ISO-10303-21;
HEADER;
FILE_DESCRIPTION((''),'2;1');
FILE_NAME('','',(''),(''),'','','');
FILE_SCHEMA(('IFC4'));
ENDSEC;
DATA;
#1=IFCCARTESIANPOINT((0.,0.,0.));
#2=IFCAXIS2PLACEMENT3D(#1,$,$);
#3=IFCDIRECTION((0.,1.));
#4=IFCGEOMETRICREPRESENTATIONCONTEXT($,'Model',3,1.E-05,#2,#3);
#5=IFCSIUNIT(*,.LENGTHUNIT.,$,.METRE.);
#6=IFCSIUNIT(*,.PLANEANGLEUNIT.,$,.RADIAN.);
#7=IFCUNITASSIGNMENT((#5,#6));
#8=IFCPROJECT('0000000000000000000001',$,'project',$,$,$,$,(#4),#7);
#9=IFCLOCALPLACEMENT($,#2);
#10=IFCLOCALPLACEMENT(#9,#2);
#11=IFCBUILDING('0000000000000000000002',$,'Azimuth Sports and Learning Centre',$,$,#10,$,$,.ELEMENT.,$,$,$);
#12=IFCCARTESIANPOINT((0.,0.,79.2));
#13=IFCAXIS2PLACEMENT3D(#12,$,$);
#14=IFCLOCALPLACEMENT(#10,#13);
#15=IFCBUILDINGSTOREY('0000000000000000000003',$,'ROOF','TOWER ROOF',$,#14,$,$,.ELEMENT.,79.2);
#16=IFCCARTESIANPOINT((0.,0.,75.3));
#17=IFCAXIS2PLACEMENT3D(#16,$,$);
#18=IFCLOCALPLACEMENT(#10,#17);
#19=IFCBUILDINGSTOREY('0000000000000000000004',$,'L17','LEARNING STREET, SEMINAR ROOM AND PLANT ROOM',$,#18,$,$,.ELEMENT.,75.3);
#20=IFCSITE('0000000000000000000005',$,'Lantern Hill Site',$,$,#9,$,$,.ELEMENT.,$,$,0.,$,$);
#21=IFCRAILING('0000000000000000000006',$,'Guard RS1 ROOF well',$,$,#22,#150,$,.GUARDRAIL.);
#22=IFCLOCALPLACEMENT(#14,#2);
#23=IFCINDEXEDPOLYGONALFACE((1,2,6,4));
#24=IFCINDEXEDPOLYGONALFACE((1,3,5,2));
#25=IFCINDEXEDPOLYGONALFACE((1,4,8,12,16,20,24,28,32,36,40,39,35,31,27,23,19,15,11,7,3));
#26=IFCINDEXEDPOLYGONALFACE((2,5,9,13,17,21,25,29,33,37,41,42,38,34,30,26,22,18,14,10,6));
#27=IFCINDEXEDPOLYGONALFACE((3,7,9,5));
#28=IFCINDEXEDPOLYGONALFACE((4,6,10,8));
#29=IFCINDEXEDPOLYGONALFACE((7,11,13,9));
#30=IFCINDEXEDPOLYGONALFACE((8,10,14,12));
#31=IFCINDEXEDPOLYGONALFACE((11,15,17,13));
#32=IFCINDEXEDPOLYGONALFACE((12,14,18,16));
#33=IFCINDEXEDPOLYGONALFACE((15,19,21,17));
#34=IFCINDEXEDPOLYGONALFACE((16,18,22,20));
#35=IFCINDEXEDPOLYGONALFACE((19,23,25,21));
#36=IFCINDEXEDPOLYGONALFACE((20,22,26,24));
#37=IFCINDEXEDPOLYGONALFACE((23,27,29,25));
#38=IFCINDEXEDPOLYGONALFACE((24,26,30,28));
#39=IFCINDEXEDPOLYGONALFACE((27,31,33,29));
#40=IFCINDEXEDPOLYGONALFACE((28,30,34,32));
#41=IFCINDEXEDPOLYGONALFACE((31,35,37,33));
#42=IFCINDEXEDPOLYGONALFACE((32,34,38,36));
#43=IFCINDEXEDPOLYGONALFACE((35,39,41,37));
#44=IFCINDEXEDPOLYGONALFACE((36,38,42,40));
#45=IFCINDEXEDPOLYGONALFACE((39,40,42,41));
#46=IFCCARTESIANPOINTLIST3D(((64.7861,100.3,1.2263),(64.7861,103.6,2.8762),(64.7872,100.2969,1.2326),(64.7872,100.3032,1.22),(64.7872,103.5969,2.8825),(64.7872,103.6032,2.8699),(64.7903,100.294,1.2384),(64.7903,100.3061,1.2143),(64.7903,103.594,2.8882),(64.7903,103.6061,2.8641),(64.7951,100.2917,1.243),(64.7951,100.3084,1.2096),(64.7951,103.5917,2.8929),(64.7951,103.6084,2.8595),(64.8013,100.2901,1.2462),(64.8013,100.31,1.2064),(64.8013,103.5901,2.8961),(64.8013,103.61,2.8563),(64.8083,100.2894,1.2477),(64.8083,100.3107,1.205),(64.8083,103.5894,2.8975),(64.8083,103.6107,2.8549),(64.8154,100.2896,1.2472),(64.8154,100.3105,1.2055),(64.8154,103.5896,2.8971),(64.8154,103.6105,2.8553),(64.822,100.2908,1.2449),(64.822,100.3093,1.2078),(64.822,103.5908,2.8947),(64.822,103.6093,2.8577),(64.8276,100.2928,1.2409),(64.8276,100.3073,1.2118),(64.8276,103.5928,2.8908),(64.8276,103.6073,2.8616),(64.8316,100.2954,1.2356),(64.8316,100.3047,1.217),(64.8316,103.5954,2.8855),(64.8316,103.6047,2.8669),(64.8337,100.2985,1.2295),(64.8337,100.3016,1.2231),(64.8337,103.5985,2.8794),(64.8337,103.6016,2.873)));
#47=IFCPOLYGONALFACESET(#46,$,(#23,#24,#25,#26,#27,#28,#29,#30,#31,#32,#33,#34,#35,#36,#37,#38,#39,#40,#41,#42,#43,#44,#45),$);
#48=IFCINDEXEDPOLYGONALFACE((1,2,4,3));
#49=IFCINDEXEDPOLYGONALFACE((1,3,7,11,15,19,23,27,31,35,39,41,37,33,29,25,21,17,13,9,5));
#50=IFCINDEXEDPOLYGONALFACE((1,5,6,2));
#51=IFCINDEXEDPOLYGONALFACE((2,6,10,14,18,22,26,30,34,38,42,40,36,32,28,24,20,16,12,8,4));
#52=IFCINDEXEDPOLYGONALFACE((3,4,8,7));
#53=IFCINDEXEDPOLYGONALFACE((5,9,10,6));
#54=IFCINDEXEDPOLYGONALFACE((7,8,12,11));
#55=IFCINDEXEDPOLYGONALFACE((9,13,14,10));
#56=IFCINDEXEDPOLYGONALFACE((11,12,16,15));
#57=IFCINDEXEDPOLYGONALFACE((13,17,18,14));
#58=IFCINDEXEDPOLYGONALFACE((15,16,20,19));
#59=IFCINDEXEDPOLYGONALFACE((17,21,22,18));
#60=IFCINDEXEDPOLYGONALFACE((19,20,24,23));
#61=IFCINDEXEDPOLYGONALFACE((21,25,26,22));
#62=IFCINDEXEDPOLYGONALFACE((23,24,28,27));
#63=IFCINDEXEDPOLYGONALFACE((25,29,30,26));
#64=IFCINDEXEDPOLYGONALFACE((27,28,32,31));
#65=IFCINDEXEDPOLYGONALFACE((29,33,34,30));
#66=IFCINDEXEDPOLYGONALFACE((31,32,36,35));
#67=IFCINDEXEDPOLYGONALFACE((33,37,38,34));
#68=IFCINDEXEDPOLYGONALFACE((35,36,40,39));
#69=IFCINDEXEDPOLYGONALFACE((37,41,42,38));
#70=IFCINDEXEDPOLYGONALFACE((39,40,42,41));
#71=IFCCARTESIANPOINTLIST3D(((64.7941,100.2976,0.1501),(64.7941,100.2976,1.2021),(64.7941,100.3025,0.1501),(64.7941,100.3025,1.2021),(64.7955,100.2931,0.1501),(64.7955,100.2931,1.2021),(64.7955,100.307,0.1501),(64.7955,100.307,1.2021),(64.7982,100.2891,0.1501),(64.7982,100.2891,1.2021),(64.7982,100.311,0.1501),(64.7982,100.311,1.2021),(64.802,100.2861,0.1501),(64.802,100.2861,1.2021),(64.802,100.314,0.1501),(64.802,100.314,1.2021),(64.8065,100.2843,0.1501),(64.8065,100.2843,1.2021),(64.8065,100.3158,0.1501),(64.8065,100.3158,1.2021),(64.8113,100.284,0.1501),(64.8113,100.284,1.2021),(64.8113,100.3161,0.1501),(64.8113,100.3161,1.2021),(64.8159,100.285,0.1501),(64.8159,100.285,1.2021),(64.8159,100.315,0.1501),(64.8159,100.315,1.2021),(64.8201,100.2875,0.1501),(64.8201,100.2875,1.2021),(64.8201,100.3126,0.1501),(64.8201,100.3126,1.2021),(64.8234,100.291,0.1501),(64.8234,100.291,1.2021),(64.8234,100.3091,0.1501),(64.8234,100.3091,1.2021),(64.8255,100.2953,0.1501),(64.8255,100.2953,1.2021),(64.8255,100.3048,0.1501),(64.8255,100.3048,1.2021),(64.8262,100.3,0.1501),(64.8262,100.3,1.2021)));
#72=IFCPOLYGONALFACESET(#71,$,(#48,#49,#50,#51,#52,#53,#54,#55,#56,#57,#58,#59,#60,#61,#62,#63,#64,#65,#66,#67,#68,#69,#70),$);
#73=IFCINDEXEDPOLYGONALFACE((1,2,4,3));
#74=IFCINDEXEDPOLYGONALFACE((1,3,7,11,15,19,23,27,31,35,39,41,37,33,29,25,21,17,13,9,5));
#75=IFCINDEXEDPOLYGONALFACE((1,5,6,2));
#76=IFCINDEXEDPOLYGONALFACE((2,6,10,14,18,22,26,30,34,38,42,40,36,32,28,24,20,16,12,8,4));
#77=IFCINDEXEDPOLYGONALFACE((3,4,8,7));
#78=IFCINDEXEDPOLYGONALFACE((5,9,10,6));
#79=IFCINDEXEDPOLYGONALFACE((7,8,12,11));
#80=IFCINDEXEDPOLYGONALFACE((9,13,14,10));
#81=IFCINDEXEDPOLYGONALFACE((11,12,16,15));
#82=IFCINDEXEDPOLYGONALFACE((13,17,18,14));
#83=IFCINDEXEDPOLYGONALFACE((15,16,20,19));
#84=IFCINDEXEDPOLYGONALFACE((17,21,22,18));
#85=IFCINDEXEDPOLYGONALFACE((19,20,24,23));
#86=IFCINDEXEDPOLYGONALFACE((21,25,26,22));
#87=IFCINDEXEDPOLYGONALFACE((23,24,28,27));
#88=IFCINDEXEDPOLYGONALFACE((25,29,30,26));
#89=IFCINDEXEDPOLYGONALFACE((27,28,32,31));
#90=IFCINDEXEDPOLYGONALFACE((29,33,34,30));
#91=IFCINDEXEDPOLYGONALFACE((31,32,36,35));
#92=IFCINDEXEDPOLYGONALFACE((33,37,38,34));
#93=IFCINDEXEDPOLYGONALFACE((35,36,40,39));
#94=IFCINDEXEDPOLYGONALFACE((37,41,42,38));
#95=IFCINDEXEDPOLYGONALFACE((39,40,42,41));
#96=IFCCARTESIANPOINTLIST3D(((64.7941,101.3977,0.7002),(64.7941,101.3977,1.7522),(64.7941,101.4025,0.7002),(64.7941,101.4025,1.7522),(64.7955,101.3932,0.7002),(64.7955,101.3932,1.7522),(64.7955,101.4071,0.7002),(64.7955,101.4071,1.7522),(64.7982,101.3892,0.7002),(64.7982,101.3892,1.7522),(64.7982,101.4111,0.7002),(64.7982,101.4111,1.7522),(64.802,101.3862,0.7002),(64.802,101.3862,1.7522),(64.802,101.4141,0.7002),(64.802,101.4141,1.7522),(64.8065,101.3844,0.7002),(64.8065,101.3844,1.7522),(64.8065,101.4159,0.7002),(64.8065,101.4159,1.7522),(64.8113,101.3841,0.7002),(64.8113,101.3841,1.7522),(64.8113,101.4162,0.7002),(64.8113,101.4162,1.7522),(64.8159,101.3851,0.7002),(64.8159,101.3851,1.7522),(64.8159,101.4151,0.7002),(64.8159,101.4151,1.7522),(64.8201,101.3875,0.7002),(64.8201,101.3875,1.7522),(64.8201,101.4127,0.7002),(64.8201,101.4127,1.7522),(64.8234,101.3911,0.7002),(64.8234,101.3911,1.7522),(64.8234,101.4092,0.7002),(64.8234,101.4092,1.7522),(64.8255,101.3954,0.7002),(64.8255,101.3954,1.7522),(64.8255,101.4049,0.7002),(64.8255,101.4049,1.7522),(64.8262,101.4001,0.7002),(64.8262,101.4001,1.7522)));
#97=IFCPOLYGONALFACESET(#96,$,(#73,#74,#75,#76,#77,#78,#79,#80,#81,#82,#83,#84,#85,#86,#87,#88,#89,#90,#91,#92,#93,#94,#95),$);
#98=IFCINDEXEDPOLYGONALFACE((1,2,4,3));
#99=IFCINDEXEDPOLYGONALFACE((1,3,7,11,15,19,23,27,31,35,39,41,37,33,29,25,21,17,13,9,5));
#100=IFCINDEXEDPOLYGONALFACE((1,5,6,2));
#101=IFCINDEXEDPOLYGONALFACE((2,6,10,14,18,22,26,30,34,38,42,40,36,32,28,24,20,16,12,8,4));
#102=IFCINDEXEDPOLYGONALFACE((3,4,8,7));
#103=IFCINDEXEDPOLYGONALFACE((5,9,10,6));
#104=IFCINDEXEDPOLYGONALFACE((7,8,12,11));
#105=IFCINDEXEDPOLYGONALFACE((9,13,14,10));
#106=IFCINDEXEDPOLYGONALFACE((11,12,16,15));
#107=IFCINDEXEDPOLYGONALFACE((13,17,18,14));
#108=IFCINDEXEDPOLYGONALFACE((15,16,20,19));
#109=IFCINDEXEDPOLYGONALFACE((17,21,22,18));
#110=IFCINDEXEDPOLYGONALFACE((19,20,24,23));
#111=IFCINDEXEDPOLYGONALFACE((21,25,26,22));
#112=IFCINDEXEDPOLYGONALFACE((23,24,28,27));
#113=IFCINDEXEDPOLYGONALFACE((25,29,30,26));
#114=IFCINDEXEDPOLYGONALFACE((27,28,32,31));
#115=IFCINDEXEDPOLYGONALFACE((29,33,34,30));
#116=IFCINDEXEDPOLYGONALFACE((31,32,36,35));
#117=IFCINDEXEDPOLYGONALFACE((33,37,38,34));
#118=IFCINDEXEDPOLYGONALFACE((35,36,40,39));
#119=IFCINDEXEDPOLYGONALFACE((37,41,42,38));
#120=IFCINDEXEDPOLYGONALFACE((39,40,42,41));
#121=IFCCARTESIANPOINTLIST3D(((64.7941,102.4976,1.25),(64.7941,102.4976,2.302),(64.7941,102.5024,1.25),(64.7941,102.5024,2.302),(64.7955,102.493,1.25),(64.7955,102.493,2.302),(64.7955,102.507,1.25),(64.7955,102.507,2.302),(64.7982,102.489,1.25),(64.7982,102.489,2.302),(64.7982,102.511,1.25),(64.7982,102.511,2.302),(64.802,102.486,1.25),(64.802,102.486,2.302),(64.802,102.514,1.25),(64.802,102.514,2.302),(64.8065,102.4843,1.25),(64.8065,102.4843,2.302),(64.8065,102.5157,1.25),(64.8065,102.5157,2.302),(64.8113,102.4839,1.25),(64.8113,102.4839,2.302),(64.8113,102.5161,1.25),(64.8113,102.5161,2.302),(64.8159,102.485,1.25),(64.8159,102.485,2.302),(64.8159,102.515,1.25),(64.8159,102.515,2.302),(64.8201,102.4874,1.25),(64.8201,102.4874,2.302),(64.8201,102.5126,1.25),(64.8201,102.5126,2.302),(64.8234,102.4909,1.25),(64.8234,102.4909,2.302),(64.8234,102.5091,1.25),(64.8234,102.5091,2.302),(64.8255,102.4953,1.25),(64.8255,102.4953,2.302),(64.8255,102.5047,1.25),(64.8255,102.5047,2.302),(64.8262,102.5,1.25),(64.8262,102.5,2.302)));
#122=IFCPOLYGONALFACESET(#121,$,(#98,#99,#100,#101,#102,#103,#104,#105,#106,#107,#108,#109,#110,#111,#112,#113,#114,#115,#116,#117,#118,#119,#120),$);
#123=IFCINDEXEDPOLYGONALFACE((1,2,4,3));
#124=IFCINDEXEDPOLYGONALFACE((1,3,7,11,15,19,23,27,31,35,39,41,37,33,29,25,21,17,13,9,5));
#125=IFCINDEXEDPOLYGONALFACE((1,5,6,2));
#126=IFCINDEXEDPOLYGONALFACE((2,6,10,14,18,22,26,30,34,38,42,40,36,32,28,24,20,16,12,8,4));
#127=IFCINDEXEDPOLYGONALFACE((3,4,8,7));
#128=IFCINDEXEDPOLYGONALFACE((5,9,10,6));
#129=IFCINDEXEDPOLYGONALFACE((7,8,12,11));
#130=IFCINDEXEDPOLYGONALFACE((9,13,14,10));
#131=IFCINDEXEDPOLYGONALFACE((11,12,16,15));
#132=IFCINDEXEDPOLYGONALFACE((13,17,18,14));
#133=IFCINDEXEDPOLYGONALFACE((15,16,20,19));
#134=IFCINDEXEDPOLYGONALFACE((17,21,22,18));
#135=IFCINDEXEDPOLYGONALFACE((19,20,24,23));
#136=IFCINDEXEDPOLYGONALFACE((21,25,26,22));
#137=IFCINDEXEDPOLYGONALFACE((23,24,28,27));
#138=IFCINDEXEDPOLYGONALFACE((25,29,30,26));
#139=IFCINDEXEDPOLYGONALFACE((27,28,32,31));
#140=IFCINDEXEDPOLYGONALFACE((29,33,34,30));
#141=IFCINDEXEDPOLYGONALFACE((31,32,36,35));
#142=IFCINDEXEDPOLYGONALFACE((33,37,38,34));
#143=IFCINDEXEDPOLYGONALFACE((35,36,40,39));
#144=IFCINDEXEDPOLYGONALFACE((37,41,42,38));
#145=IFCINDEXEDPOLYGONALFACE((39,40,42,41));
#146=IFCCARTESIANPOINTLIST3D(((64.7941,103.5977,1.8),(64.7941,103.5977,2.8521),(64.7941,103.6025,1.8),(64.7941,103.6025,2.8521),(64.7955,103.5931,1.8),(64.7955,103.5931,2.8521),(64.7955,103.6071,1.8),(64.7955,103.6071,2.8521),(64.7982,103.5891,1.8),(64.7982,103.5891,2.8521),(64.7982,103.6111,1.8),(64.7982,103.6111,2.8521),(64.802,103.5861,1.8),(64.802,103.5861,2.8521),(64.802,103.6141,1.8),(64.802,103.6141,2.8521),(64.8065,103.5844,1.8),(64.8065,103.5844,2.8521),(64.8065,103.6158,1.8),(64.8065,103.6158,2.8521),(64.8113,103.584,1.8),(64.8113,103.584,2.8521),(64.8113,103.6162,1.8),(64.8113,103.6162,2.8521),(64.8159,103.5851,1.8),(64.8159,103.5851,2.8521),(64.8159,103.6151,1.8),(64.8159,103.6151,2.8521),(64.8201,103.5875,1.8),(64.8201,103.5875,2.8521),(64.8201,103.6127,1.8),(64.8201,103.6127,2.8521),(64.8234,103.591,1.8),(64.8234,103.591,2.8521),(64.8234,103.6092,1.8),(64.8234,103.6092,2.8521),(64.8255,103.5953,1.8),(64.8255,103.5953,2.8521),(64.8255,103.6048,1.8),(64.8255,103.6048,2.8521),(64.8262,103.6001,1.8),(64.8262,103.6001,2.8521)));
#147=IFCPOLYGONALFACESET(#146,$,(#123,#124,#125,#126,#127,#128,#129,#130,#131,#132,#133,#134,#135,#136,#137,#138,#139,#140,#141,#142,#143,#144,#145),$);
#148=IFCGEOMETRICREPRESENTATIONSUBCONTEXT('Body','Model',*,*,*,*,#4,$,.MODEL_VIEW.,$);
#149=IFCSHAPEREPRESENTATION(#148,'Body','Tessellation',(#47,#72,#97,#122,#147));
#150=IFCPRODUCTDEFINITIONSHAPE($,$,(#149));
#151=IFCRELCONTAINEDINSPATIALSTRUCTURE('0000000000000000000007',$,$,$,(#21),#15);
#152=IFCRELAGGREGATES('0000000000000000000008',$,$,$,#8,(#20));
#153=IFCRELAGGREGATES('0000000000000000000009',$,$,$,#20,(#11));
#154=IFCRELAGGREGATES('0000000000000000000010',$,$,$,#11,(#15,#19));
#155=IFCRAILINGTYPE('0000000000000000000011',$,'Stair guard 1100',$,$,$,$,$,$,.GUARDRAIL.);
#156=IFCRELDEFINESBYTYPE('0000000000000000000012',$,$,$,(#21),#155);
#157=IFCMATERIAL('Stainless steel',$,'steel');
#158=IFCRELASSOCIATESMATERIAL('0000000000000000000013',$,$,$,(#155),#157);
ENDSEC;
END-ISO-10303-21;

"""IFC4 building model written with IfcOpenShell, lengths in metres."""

from ifc_helpers import new_model, si_unit, direction, frame, origin, origin_2d, place, context, subcontext, project, spatial, circle, extrude, material, type_object, element, save


model = new_model("IFC4")

# Units and contexts
model_context = context("Model", 3, precision=1e-05, world=origin(), true_north=direction((0.0, 1.0)))
body_context = subcontext(model_context, "Body", "Model", "MODEL_VIEW")
ifc_project = project(units=[si_unit("LENGTHUNIT", "METRE"), si_unit("PLANEANGLEUNIT", "RADIAN")], contexts=[model_context])

# Site, building, storey
site_placement = place(None, origin())
site = spatial("IfcSite", under=ifc_project, at=site_placement, Name="Lantern Hill Site", CompositionType="ELEMENT", RefElevation=0.0)
building_placement = place(site_placement, origin())
building = spatial("IfcBuilding", under=site, at=building_placement, Name="Azimuth Sports and Learning Centre", CompositionType="ELEMENT")
storey_1_placement = place(building_placement, frame((0.0, 0.0, 79.2)))
storey_1 = spatial("IfcBuildingStorey", under=building, at=storey_1_placement, Name="ROOF", Description="TOWER ROOF", CompositionType="ELEMENT", Elevation=79.2)

# Shared definitions
storey_2_placement = place(building_placement, frame((0.0, 0.0, 75.3)))
storey_2 = spatial("IfcBuildingStorey", under=building, at=storey_2_placement, Name="L17", Description="LEARNING STREET, SEMINAR ROOM AND PLANT ROOM", CompositionType="ELEMENT", Elevation=75.3)

# Railing
ifc_material_1 = material(Name="Stainless steel", Category="steel")
railing_type_1 = type_object("IfcRailingType", Name="Stair guard 1100", PredefinedType="GUARDRAIL", material=ifc_material_1)
railing_1_placement = place(storey_1_placement, frame((64.8101, 100.3, 0.1501)))
element("IfcRailing", 1, at=railing_1_placement, inside=storey_1, type_object=railing_type_1, Name="Guard RS1 ROOF well", PredefinedType="GUARDRAIL", context=body_context, shape_type="SweptSolid", body=[
    extrude(circle(Radius=0.0239, at=origin_2d()), frame((0.0, 0.0, 1.0762), z_axis=(0.0, 0.89444, 0.447187), x_axis=(-1.0, 0.0, 0.0)), (0.0, 0.0, 1.0), 3.6895),
    extrude(circle(Radius=0.0161, at=origin_2d()), origin(), (0.0, 0.0, 1.0), 1.052),
    extrude(circle(Radius=0.0161, at=origin_2d()), frame((0.0, 1.1001, 0.55)), (0.0, 0.0, 1.0), 1.052),
    extrude(circle(Radius=0.0161, at=origin_2d()), frame((0.0, 2.2, 1.0999)), (0.0, 0.0, 1.0), 1.052),
    extrude(circle(Radius=0.0161, at=origin_2d()), frame((0.0, 3.3, 1.6499)), (0.0, 0.0, 1.0), 1.052),
])

save(model, "model.ifc")
